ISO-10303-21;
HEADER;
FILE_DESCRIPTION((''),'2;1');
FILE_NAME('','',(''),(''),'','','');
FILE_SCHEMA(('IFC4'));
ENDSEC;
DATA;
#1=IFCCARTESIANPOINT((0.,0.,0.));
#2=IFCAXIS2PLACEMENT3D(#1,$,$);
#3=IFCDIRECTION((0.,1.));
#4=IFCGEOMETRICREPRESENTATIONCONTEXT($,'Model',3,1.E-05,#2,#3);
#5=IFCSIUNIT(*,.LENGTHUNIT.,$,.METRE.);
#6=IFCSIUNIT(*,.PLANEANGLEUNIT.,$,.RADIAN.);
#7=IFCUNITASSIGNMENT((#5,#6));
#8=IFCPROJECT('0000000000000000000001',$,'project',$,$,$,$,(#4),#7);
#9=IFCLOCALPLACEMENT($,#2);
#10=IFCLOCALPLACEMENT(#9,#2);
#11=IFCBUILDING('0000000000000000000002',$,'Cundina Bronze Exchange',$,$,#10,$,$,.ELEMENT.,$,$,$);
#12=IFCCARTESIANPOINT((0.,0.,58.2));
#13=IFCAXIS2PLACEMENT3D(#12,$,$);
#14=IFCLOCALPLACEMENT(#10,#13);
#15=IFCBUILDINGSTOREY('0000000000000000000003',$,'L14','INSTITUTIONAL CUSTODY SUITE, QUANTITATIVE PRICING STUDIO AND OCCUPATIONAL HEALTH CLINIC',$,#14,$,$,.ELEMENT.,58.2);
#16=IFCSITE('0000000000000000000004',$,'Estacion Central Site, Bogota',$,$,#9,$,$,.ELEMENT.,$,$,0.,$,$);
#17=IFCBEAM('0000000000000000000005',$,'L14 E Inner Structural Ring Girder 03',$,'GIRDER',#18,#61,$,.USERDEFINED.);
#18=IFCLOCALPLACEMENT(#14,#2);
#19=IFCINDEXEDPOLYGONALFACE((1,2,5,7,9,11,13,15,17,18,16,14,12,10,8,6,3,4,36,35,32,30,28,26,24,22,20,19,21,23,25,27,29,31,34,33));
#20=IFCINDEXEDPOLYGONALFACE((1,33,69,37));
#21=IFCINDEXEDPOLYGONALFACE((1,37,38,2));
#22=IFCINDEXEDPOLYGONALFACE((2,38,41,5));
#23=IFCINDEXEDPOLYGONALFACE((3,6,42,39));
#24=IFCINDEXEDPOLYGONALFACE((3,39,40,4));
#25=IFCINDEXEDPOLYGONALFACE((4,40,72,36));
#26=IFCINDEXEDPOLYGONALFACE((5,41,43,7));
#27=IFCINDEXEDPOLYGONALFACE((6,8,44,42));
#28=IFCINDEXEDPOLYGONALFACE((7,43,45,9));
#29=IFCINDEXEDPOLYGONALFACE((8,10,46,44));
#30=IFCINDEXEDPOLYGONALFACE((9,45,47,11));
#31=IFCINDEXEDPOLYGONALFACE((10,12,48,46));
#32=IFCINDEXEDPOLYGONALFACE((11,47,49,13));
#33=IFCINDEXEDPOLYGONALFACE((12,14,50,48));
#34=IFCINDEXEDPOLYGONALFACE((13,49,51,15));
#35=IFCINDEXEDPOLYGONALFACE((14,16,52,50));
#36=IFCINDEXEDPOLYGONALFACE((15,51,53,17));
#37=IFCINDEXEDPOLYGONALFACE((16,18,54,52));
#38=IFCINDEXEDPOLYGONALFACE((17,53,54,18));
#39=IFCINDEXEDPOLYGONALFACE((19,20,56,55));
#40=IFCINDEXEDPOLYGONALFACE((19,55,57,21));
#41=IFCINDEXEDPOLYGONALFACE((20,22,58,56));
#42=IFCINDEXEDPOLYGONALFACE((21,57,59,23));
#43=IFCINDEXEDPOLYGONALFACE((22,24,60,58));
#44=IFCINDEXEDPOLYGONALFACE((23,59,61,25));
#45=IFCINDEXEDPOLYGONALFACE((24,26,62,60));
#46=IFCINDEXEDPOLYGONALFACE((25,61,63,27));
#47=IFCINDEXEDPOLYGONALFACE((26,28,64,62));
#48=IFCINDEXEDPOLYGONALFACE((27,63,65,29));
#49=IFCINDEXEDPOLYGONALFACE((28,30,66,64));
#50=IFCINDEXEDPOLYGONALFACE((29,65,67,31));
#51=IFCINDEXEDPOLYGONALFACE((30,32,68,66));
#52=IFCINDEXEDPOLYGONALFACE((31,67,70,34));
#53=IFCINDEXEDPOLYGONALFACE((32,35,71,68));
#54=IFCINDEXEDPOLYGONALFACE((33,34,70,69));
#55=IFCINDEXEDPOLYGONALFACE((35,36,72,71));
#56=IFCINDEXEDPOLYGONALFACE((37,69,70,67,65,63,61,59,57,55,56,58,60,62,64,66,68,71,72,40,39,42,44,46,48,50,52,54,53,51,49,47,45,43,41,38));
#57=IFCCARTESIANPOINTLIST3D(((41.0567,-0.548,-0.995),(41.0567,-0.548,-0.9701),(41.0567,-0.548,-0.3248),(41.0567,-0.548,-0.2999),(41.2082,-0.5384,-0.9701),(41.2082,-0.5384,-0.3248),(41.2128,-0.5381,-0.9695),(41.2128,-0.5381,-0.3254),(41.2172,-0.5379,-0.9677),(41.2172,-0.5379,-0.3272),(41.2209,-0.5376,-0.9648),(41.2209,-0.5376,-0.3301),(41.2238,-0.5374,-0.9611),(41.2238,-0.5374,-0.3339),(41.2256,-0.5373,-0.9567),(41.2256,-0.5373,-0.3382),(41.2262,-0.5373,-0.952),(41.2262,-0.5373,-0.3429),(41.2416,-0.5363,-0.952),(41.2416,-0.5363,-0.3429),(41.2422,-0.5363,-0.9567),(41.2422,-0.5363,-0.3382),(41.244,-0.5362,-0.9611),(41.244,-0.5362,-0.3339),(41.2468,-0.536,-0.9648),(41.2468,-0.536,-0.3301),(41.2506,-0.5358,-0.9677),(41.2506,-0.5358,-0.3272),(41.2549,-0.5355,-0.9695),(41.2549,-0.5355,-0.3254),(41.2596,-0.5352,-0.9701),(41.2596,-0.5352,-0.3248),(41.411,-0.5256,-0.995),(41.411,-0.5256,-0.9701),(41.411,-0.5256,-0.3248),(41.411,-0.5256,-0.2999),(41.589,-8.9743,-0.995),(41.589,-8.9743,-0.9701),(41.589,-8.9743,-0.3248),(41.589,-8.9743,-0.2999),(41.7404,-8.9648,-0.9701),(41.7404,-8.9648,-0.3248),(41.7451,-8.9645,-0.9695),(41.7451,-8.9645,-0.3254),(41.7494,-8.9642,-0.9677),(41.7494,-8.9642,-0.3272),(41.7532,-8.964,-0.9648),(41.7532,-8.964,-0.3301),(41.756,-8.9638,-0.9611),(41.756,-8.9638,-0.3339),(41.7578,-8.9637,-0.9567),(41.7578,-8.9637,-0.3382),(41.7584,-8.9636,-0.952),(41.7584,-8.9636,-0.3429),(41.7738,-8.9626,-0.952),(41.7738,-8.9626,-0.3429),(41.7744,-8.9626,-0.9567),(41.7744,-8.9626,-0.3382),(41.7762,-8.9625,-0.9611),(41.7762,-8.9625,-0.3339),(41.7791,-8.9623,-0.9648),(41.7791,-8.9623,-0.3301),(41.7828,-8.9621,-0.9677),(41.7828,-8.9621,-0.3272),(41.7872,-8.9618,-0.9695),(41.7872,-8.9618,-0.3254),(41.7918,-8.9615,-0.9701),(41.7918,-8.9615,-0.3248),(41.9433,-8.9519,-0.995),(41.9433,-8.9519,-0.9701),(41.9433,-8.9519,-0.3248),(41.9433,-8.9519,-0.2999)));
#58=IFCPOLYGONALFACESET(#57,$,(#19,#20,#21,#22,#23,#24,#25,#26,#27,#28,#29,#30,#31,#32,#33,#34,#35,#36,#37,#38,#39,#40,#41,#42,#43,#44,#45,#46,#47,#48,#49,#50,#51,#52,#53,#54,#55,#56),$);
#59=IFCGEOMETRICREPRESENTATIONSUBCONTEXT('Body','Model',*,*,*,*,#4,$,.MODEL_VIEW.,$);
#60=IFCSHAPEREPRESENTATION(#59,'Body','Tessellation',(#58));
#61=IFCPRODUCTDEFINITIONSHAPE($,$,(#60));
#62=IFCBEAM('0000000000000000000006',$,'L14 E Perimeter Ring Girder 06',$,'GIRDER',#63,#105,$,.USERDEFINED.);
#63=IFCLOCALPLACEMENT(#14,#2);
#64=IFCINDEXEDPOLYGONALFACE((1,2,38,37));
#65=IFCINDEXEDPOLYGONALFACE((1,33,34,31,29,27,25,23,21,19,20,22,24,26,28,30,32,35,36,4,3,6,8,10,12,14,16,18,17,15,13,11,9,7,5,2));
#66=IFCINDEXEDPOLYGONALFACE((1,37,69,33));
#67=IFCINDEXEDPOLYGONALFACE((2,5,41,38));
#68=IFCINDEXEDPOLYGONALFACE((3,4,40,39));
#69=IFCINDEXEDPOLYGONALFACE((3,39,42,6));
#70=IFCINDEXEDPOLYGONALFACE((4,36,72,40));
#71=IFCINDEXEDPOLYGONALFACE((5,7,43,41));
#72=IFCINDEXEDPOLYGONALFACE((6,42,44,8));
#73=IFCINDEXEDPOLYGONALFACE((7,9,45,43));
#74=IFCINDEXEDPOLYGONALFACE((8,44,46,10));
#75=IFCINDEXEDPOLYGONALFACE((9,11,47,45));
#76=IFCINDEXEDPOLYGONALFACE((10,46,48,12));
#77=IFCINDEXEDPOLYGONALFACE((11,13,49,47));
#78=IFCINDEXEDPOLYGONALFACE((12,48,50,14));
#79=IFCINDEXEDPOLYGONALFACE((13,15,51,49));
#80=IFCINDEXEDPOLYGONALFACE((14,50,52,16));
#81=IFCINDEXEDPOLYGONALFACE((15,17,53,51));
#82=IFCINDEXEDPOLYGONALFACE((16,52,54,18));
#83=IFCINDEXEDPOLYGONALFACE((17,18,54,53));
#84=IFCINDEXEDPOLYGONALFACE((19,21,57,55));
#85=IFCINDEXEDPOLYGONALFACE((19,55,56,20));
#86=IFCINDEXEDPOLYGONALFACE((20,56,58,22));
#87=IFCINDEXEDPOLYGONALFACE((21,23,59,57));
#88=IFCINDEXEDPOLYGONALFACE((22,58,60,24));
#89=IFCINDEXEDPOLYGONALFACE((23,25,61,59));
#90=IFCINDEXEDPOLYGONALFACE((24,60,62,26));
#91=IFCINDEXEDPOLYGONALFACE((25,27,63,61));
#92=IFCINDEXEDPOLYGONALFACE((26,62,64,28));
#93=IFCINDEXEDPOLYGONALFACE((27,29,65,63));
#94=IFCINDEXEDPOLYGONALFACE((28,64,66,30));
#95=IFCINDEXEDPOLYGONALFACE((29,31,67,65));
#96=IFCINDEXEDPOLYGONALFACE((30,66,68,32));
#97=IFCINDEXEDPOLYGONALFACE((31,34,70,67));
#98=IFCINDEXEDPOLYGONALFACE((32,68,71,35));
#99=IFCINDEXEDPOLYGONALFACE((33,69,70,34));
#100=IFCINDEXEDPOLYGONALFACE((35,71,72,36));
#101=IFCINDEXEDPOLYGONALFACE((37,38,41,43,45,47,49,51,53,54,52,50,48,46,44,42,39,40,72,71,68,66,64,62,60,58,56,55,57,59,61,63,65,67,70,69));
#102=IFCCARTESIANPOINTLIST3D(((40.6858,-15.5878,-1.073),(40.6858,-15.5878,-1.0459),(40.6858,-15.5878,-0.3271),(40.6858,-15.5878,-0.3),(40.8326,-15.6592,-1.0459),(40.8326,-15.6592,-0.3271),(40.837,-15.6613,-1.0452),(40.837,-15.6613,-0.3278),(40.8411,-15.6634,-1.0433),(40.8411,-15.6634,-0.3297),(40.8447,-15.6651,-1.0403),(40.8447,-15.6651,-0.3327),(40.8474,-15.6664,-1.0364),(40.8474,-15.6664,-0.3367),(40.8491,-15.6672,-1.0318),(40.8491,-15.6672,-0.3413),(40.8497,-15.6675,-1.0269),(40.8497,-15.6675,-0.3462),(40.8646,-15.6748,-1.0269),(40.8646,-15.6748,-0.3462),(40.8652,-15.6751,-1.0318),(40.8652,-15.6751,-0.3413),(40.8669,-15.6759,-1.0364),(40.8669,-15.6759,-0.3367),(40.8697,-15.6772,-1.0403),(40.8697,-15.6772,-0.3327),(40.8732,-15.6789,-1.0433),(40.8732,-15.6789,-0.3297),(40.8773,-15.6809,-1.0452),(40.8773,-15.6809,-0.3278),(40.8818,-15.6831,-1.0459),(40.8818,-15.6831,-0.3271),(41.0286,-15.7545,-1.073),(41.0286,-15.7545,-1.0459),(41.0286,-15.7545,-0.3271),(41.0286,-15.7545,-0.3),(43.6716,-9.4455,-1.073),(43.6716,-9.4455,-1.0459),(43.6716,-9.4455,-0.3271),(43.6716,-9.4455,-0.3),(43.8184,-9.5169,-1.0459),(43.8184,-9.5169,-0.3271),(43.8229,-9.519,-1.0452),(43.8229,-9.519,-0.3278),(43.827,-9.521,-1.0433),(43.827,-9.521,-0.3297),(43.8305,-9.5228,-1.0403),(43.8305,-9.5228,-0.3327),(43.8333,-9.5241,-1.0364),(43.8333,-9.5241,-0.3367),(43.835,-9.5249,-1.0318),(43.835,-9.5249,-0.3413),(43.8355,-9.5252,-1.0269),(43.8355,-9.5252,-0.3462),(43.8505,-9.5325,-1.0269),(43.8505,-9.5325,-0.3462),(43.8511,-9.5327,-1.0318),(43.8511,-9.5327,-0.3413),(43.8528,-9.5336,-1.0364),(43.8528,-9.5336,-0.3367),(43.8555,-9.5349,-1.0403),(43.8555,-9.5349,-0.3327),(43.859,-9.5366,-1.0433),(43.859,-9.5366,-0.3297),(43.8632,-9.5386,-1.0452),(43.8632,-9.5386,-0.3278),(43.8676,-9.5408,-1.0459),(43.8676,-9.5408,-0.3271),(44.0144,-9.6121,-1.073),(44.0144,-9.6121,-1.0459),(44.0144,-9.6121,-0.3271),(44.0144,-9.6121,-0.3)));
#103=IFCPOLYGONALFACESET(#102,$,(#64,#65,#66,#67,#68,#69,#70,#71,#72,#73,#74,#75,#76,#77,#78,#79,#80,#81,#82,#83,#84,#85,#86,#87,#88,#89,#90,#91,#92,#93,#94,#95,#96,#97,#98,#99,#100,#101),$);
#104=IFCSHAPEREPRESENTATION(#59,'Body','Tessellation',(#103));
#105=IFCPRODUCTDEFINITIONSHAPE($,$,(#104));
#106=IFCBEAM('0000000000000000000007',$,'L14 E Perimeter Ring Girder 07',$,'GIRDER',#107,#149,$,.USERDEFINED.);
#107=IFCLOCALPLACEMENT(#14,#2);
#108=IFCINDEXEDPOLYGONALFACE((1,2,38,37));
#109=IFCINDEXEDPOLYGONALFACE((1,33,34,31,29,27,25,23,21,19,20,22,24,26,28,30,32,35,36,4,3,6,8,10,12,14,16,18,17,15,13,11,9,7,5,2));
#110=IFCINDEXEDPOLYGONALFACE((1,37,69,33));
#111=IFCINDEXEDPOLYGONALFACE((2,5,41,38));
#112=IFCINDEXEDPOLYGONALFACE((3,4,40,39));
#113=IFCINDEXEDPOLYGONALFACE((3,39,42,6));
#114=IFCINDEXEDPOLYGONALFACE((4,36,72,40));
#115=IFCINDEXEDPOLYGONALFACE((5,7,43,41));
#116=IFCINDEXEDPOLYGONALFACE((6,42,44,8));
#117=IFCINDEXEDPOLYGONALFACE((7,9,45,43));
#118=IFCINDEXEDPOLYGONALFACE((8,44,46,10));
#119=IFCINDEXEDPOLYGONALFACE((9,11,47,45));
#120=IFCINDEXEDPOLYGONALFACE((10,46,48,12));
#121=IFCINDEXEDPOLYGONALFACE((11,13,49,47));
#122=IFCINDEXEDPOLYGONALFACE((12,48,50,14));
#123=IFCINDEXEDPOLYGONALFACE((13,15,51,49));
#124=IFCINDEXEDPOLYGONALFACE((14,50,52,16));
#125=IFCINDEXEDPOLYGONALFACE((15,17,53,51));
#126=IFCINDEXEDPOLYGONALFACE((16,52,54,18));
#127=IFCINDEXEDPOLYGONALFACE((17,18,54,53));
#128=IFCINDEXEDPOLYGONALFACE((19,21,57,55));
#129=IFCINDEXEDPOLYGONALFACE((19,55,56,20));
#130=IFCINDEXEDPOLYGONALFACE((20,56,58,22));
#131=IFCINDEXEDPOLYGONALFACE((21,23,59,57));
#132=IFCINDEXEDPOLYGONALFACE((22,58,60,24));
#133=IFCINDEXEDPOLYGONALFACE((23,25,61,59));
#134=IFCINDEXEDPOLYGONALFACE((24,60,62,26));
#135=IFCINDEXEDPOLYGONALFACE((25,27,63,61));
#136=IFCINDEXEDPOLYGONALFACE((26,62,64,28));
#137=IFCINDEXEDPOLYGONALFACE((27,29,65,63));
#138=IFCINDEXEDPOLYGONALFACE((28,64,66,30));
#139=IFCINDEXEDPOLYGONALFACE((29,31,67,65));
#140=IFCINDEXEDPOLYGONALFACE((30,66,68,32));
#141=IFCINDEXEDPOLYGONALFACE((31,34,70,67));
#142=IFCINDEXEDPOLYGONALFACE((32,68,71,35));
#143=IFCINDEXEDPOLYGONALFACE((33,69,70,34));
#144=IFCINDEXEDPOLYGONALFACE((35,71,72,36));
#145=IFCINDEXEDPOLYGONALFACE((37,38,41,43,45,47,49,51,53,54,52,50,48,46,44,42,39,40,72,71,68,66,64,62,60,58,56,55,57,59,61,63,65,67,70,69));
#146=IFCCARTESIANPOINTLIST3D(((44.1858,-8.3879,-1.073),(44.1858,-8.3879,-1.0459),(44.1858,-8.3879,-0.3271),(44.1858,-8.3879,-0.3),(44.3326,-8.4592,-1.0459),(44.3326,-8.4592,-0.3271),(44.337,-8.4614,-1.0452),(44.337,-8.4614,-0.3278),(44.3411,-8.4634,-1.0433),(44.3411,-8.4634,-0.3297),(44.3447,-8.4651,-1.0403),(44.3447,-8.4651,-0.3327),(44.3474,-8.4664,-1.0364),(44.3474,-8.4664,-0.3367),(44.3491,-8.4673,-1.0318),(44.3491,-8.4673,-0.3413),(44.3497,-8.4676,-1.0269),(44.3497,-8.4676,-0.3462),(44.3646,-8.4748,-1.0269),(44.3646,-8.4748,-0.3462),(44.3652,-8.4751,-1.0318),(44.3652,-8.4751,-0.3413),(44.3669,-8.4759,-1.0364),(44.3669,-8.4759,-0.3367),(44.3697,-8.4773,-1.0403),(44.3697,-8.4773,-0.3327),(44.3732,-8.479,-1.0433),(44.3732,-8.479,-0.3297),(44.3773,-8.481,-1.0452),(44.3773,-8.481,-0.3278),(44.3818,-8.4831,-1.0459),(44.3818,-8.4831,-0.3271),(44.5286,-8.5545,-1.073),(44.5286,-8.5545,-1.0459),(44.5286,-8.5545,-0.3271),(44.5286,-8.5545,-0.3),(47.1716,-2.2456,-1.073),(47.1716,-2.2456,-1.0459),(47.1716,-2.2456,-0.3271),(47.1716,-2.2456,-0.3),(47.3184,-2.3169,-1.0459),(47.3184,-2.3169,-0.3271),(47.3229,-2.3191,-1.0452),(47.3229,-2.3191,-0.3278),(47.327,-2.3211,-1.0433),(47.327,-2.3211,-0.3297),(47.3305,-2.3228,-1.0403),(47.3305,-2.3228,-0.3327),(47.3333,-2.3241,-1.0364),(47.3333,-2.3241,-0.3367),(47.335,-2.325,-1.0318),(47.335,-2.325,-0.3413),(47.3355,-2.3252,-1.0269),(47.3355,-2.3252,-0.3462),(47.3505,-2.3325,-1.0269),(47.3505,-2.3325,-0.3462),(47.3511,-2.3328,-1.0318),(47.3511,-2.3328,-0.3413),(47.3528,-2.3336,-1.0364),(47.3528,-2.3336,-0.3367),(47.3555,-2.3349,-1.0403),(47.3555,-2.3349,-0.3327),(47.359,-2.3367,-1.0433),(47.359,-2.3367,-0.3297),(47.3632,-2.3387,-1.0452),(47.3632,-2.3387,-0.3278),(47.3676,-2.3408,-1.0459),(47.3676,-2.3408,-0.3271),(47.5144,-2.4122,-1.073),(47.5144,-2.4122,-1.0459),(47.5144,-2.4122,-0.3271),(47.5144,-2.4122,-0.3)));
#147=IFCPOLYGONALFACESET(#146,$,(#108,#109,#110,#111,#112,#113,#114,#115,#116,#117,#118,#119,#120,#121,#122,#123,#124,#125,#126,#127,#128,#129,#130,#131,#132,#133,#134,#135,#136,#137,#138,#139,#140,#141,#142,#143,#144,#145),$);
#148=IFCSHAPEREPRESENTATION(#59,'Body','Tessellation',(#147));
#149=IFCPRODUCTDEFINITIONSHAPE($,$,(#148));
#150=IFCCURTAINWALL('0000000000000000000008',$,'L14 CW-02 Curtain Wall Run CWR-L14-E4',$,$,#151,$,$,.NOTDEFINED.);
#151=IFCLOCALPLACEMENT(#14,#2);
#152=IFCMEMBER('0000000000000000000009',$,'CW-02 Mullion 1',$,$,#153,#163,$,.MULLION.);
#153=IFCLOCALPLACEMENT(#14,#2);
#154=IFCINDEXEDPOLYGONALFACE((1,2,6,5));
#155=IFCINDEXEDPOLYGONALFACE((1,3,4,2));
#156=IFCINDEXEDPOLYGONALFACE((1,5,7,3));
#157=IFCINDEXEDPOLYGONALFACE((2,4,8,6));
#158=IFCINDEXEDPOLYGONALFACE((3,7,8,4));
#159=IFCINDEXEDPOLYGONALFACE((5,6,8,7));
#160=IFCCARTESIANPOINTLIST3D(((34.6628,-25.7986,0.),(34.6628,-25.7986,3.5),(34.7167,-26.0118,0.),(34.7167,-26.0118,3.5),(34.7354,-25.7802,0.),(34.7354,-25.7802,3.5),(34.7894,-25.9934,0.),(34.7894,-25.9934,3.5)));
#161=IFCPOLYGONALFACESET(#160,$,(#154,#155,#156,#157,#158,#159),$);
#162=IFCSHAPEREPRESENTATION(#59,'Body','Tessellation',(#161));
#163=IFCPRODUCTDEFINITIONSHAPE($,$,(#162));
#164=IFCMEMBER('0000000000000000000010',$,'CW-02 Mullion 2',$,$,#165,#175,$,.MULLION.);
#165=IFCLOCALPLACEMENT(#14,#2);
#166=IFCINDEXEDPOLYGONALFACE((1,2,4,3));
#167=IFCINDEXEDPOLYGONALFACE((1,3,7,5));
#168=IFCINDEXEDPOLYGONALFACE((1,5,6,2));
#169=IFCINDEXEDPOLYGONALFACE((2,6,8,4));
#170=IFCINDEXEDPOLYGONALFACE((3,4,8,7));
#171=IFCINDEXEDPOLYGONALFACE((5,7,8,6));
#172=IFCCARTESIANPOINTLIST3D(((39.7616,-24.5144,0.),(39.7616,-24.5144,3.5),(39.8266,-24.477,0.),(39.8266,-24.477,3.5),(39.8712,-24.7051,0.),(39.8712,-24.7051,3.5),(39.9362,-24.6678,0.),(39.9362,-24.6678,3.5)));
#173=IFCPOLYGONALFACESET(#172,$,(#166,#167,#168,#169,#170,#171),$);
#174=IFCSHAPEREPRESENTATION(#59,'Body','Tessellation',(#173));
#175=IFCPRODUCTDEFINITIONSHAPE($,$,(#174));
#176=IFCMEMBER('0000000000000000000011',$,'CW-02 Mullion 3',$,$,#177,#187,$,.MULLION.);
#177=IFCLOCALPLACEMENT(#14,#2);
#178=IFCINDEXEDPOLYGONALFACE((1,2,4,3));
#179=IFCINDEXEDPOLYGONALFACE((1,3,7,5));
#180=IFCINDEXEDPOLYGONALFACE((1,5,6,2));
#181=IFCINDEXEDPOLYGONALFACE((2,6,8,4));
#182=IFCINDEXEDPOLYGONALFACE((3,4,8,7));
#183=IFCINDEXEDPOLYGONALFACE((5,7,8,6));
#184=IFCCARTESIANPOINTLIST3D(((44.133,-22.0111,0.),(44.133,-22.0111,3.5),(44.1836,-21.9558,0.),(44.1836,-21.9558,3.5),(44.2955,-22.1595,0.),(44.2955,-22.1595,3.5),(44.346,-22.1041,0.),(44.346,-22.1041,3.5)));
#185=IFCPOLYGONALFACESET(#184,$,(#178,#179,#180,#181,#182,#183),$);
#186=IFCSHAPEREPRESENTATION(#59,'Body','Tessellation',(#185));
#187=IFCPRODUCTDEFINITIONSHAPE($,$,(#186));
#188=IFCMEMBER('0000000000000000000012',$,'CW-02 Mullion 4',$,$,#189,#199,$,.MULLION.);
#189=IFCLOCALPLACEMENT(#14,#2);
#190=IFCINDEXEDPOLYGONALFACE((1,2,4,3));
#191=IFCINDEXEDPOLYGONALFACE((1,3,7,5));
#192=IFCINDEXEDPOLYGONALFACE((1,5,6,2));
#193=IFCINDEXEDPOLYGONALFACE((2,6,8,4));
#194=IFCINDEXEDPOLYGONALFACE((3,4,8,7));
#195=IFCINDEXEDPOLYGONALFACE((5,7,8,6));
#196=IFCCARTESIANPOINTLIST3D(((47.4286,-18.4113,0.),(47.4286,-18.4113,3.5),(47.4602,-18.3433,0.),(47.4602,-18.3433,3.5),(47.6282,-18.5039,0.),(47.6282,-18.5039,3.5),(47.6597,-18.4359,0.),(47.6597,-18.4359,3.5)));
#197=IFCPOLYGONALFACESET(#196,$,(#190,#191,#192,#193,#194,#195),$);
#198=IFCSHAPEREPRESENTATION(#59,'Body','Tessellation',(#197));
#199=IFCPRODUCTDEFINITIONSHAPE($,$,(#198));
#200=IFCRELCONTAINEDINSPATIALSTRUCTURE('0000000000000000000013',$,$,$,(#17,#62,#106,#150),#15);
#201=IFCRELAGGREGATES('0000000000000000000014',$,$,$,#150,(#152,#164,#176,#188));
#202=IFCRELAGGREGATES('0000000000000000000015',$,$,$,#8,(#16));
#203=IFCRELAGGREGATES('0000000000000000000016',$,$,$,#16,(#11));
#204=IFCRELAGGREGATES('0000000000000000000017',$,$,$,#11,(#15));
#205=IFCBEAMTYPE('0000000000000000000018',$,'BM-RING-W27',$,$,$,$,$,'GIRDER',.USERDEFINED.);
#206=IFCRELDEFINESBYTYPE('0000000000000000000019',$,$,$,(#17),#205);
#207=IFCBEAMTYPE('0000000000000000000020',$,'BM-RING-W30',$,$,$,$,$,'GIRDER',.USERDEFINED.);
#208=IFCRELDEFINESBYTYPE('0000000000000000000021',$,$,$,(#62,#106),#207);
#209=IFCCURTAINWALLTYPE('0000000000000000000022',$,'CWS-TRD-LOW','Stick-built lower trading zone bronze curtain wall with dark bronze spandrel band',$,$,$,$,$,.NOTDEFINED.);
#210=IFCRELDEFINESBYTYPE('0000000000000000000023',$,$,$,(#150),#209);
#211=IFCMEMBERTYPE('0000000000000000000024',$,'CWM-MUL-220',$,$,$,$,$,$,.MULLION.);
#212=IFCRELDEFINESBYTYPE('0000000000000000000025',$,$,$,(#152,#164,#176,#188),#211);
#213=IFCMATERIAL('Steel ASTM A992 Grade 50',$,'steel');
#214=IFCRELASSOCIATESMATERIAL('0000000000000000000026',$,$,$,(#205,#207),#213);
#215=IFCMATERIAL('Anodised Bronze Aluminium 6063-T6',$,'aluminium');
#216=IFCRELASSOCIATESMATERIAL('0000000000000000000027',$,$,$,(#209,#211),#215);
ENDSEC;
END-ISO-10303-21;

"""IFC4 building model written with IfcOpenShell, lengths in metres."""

from ifc_helpers import new_model, si_unit, direction, frame, origin, origin_2d, place, context, subcontext, project, spatial, rectangle, i_section, extrude, material, material_profile, profile_set, type_object, element, aggregate, save


model = new_model("IFC4")

# Units and contexts
model_context = context("Model", 3, precision=1e-05, world=origin(), true_north=direction((0.0, 1.0)))
body_context = subcontext(model_context, "Body", "Model", "MODEL_VIEW")
ifc_project = project(units=[si_unit("LENGTHUNIT", "METRE"), si_unit("PLANEANGLEUNIT", "RADIAN")], contexts=[model_context])

# Site, building, storey
site_placement = place(None, origin())
site = spatial("IfcSite", under=ifc_project, at=site_placement, Name="Estacion Central Site, Bogota", CompositionType="ELEMENT", RefElevation=0.0)
building_placement = place(site_placement, origin())
building = spatial("IfcBuilding", under=site, at=building_placement, Name="Cundina Bronze Exchange", CompositionType="ELEMENT")
storey_placement = place(building_placement, frame((0.0, 0.0, 58.2)))
storey = spatial("IfcBuildingStorey", under=building, at=storey_placement, Name="L14", Description="INSTITUTIONAL CUSTODY SUITE, QUANTITATIVE PRICING STUDIO AND OCCUPATIONAL HEALTH CLINIC", CompositionType="ELEMENT", Elevation=58.2)

# Beams
ifc_material_1 = material(Name="Steel ASTM A992 Grade 50", Category="steel")
ifc_material_profile_1 = material_profile(ifc_material_1, i_section(OverallWidth=0.355, OverallDepth=0.6951, WebThickness=0.0154, FlangeThickness=0.0249, FilletRadius=0.0181, at=origin_2d()), Name="W27X146", Category="steel")
ifc_profile_set_1 = profile_set([ifc_material_profile_1], Name="Steel ASTM A992 Grade 50")
beam_type_1 = type_object("IfcBeamType", Name="BM-RING-W27", ElementType="GIRDER", PredefinedType="USERDEFINED", material=ifc_profile_set_1)
beam_1_placement = place(storey_placement, frame((41.7661, -8.9631, -0.6475), z_axis=(-0.063037, 0.998011, 0.0), x_axis=(-0.998011, -0.063037, 0.0)))
element("IfcBeam", 1, at=beam_1_placement, inside=storey, type_object=beam_type_1, Name="L14 E Inner Structural Ring Girder 03", ObjectType="GIRDER", PredefinedType="USERDEFINED", context=body_context, shape_type="SweptSolid", body=[
    extrude(i_section(OverallWidth=0.355, OverallDepth=0.6951, WebThickness=0.0154, FlangeThickness=0.0249, FilletRadius=0.0181, at=origin_2d()), origin(), (0.0, 0.0, 1.0), 8.4431),
])
ifc_material_profile_2 = material_profile(ifc_material_1, i_section(OverallWidth=0.3811, OverallDepth=0.7729, WebThickness=0.0166, FlangeThickness=0.0271, FilletRadius=0.019, at=origin_2d()), Name="W30X173", Category="steel")
ifc_profile_set_2 = profile_set([ifc_material_profile_2], Name="Steel ASTM A992 Grade 50")
beam_type_2 = type_object("IfcBeamType", Name="BM-RING-W30", ElementType="GIRDER", PredefinedType="USERDEFINED", material=ifc_profile_set_2)
for number, where, z_axis, x_axis, name in (
    (2, (40.8572, -15.6711, -0.6865), (0.437191, 0.899369, 0.0), (-0.899369, 0.437191, 0.0), "L14 E Perimeter Ring Girder 06"),
    (3, (44.3572, -8.4712, -0.6865), (0.437191, 0.899369, 0.0), (-0.899369, 0.437191, 0.0), "L14 E Perimeter Ring Girder 07"),
):
    element("IfcBeam", number, at=place(storey_placement, frame(where, z_axis=z_axis, x_axis=x_axis)), inside=storey, type_object=beam_type_2, Name=name, ObjectType="GIRDER", PredefinedType="USERDEFINED", context=body_context, shape_type="SweptSolid", body=[
        extrude(i_section(OverallWidth=0.3811, OverallDepth=0.7729, WebThickness=0.0166, FlangeThickness=0.0271, FilletRadius=0.019, at=origin_2d()), origin(), (0.0, 0.0, 1.0), 6.8296),
    ])

# Curtain wall, members
ifc_material_2 = material(Name="Anodised Bronze Aluminium 6063-T6", Category="aluminium")
curtain_wall_type = type_object("IfcCurtainWallType", Name="CWS-TRD-LOW", Description="Stick-built lower trading zone bronze curtain wall with dark bronze spandrel band", PredefinedType="NOTDEFINED", material=ifc_material_2)
curtain_wall_placement = place(storey_placement, origin())
curtain_wall = element("IfcCurtainWall", 4, at=curtain_wall_placement, inside=storey, type_object=curtain_wall_type, Name="L14 CW-02 Curtain Wall Run CWR-L14-E4", PredefinedType="NOTDEFINED")
ifc_material_profile_3 = material_profile(ifc_material_2, rectangle(XDim=0.075, YDim=0.22, at=origin_2d()), Name="AL75X220", Category="aluminium")
ifc_profile_set_3 = profile_set([ifc_material_profile_3], Name="Anodised Bronze Aluminium 6063-T6")
member_type_1 = type_object("IfcMemberType", Name="CWM-MUL-220", PredefinedType="MULLION", material=ifc_profile_set_3)
member_1_placement = place(storey_placement, frame((34.7261, -25.896, 0.0), z_axis=(0.0, 0.0, 1.0), x_axis=(0.969488, 0.245138, 0.0)))
member_1 = element("IfcMember", 5, at=member_1_placement, type_object=member_type_1, Name="CW-02 Mullion 1", PredefinedType="MULLION", context=body_context, shape_type="SweptSolid", body=[
    extrude(rectangle(XDim=0.075, YDim=0.22, at=origin_2d()), origin(), (0.0, 0.0, 1.0), 3.5),
])
member_2_placement = place(storey_placement, frame((39.8489, -24.5911, 0.0), z_axis=(0.0, 0.0, 1.0), x_axis=(0.867071, 0.498185, 0.0)))
member_2 = element("IfcMember", 6, at=member_2_placement, type_object=member_type_1, Name="CW-02 Mullion 2", PredefinedType="MULLION", context=body_context, shape_type="SweptSolid", body=[
    extrude(rectangle(XDim=0.075, YDim=0.22, at=origin_2d()), origin(), (0.0, 0.0, 1.0), 3.5),
])
member_3_placement = place(storey_placement, frame((44.2395, -22.0576, 0.0), z_axis=(0.0, 0.0, 1.0), x_axis=(0.674302, 0.738455, 0.0)))
member_3 = element("IfcMember", 7, at=member_3_placement, type_object=member_type_1, Name="CW-02 Mullion 3", PredefinedType="MULLION", context=body_context, shape_type="SweptSolid", body=[
    extrude(rectangle(XDim=0.075, YDim=0.22, at=origin_2d()), origin(), (0.0, 0.0, 1.0), 3.5),
])
member_4_placement = place(storey_placement, frame((47.5442, -18.4236, 0.0), z_axis=(0.0, 0.0, 1.0), x_axis=(0.420877, 0.907117, 0.0)))
member_4 = element("IfcMember", 8, at=member_4_placement, type_object=member_type_1, Name="CW-02 Mullion 4", PredefinedType="MULLION", context=body_context, shape_type="SweptSolid", body=[
    extrude(rectangle(XDim=0.075, YDim=0.22, at=origin_2d()), origin(), (0.0, 0.0, 1.0), 3.5),
])
aggregate(curtain_wall, [member_1, member_2, member_3, member_4])

save(model, "model.ifc")
